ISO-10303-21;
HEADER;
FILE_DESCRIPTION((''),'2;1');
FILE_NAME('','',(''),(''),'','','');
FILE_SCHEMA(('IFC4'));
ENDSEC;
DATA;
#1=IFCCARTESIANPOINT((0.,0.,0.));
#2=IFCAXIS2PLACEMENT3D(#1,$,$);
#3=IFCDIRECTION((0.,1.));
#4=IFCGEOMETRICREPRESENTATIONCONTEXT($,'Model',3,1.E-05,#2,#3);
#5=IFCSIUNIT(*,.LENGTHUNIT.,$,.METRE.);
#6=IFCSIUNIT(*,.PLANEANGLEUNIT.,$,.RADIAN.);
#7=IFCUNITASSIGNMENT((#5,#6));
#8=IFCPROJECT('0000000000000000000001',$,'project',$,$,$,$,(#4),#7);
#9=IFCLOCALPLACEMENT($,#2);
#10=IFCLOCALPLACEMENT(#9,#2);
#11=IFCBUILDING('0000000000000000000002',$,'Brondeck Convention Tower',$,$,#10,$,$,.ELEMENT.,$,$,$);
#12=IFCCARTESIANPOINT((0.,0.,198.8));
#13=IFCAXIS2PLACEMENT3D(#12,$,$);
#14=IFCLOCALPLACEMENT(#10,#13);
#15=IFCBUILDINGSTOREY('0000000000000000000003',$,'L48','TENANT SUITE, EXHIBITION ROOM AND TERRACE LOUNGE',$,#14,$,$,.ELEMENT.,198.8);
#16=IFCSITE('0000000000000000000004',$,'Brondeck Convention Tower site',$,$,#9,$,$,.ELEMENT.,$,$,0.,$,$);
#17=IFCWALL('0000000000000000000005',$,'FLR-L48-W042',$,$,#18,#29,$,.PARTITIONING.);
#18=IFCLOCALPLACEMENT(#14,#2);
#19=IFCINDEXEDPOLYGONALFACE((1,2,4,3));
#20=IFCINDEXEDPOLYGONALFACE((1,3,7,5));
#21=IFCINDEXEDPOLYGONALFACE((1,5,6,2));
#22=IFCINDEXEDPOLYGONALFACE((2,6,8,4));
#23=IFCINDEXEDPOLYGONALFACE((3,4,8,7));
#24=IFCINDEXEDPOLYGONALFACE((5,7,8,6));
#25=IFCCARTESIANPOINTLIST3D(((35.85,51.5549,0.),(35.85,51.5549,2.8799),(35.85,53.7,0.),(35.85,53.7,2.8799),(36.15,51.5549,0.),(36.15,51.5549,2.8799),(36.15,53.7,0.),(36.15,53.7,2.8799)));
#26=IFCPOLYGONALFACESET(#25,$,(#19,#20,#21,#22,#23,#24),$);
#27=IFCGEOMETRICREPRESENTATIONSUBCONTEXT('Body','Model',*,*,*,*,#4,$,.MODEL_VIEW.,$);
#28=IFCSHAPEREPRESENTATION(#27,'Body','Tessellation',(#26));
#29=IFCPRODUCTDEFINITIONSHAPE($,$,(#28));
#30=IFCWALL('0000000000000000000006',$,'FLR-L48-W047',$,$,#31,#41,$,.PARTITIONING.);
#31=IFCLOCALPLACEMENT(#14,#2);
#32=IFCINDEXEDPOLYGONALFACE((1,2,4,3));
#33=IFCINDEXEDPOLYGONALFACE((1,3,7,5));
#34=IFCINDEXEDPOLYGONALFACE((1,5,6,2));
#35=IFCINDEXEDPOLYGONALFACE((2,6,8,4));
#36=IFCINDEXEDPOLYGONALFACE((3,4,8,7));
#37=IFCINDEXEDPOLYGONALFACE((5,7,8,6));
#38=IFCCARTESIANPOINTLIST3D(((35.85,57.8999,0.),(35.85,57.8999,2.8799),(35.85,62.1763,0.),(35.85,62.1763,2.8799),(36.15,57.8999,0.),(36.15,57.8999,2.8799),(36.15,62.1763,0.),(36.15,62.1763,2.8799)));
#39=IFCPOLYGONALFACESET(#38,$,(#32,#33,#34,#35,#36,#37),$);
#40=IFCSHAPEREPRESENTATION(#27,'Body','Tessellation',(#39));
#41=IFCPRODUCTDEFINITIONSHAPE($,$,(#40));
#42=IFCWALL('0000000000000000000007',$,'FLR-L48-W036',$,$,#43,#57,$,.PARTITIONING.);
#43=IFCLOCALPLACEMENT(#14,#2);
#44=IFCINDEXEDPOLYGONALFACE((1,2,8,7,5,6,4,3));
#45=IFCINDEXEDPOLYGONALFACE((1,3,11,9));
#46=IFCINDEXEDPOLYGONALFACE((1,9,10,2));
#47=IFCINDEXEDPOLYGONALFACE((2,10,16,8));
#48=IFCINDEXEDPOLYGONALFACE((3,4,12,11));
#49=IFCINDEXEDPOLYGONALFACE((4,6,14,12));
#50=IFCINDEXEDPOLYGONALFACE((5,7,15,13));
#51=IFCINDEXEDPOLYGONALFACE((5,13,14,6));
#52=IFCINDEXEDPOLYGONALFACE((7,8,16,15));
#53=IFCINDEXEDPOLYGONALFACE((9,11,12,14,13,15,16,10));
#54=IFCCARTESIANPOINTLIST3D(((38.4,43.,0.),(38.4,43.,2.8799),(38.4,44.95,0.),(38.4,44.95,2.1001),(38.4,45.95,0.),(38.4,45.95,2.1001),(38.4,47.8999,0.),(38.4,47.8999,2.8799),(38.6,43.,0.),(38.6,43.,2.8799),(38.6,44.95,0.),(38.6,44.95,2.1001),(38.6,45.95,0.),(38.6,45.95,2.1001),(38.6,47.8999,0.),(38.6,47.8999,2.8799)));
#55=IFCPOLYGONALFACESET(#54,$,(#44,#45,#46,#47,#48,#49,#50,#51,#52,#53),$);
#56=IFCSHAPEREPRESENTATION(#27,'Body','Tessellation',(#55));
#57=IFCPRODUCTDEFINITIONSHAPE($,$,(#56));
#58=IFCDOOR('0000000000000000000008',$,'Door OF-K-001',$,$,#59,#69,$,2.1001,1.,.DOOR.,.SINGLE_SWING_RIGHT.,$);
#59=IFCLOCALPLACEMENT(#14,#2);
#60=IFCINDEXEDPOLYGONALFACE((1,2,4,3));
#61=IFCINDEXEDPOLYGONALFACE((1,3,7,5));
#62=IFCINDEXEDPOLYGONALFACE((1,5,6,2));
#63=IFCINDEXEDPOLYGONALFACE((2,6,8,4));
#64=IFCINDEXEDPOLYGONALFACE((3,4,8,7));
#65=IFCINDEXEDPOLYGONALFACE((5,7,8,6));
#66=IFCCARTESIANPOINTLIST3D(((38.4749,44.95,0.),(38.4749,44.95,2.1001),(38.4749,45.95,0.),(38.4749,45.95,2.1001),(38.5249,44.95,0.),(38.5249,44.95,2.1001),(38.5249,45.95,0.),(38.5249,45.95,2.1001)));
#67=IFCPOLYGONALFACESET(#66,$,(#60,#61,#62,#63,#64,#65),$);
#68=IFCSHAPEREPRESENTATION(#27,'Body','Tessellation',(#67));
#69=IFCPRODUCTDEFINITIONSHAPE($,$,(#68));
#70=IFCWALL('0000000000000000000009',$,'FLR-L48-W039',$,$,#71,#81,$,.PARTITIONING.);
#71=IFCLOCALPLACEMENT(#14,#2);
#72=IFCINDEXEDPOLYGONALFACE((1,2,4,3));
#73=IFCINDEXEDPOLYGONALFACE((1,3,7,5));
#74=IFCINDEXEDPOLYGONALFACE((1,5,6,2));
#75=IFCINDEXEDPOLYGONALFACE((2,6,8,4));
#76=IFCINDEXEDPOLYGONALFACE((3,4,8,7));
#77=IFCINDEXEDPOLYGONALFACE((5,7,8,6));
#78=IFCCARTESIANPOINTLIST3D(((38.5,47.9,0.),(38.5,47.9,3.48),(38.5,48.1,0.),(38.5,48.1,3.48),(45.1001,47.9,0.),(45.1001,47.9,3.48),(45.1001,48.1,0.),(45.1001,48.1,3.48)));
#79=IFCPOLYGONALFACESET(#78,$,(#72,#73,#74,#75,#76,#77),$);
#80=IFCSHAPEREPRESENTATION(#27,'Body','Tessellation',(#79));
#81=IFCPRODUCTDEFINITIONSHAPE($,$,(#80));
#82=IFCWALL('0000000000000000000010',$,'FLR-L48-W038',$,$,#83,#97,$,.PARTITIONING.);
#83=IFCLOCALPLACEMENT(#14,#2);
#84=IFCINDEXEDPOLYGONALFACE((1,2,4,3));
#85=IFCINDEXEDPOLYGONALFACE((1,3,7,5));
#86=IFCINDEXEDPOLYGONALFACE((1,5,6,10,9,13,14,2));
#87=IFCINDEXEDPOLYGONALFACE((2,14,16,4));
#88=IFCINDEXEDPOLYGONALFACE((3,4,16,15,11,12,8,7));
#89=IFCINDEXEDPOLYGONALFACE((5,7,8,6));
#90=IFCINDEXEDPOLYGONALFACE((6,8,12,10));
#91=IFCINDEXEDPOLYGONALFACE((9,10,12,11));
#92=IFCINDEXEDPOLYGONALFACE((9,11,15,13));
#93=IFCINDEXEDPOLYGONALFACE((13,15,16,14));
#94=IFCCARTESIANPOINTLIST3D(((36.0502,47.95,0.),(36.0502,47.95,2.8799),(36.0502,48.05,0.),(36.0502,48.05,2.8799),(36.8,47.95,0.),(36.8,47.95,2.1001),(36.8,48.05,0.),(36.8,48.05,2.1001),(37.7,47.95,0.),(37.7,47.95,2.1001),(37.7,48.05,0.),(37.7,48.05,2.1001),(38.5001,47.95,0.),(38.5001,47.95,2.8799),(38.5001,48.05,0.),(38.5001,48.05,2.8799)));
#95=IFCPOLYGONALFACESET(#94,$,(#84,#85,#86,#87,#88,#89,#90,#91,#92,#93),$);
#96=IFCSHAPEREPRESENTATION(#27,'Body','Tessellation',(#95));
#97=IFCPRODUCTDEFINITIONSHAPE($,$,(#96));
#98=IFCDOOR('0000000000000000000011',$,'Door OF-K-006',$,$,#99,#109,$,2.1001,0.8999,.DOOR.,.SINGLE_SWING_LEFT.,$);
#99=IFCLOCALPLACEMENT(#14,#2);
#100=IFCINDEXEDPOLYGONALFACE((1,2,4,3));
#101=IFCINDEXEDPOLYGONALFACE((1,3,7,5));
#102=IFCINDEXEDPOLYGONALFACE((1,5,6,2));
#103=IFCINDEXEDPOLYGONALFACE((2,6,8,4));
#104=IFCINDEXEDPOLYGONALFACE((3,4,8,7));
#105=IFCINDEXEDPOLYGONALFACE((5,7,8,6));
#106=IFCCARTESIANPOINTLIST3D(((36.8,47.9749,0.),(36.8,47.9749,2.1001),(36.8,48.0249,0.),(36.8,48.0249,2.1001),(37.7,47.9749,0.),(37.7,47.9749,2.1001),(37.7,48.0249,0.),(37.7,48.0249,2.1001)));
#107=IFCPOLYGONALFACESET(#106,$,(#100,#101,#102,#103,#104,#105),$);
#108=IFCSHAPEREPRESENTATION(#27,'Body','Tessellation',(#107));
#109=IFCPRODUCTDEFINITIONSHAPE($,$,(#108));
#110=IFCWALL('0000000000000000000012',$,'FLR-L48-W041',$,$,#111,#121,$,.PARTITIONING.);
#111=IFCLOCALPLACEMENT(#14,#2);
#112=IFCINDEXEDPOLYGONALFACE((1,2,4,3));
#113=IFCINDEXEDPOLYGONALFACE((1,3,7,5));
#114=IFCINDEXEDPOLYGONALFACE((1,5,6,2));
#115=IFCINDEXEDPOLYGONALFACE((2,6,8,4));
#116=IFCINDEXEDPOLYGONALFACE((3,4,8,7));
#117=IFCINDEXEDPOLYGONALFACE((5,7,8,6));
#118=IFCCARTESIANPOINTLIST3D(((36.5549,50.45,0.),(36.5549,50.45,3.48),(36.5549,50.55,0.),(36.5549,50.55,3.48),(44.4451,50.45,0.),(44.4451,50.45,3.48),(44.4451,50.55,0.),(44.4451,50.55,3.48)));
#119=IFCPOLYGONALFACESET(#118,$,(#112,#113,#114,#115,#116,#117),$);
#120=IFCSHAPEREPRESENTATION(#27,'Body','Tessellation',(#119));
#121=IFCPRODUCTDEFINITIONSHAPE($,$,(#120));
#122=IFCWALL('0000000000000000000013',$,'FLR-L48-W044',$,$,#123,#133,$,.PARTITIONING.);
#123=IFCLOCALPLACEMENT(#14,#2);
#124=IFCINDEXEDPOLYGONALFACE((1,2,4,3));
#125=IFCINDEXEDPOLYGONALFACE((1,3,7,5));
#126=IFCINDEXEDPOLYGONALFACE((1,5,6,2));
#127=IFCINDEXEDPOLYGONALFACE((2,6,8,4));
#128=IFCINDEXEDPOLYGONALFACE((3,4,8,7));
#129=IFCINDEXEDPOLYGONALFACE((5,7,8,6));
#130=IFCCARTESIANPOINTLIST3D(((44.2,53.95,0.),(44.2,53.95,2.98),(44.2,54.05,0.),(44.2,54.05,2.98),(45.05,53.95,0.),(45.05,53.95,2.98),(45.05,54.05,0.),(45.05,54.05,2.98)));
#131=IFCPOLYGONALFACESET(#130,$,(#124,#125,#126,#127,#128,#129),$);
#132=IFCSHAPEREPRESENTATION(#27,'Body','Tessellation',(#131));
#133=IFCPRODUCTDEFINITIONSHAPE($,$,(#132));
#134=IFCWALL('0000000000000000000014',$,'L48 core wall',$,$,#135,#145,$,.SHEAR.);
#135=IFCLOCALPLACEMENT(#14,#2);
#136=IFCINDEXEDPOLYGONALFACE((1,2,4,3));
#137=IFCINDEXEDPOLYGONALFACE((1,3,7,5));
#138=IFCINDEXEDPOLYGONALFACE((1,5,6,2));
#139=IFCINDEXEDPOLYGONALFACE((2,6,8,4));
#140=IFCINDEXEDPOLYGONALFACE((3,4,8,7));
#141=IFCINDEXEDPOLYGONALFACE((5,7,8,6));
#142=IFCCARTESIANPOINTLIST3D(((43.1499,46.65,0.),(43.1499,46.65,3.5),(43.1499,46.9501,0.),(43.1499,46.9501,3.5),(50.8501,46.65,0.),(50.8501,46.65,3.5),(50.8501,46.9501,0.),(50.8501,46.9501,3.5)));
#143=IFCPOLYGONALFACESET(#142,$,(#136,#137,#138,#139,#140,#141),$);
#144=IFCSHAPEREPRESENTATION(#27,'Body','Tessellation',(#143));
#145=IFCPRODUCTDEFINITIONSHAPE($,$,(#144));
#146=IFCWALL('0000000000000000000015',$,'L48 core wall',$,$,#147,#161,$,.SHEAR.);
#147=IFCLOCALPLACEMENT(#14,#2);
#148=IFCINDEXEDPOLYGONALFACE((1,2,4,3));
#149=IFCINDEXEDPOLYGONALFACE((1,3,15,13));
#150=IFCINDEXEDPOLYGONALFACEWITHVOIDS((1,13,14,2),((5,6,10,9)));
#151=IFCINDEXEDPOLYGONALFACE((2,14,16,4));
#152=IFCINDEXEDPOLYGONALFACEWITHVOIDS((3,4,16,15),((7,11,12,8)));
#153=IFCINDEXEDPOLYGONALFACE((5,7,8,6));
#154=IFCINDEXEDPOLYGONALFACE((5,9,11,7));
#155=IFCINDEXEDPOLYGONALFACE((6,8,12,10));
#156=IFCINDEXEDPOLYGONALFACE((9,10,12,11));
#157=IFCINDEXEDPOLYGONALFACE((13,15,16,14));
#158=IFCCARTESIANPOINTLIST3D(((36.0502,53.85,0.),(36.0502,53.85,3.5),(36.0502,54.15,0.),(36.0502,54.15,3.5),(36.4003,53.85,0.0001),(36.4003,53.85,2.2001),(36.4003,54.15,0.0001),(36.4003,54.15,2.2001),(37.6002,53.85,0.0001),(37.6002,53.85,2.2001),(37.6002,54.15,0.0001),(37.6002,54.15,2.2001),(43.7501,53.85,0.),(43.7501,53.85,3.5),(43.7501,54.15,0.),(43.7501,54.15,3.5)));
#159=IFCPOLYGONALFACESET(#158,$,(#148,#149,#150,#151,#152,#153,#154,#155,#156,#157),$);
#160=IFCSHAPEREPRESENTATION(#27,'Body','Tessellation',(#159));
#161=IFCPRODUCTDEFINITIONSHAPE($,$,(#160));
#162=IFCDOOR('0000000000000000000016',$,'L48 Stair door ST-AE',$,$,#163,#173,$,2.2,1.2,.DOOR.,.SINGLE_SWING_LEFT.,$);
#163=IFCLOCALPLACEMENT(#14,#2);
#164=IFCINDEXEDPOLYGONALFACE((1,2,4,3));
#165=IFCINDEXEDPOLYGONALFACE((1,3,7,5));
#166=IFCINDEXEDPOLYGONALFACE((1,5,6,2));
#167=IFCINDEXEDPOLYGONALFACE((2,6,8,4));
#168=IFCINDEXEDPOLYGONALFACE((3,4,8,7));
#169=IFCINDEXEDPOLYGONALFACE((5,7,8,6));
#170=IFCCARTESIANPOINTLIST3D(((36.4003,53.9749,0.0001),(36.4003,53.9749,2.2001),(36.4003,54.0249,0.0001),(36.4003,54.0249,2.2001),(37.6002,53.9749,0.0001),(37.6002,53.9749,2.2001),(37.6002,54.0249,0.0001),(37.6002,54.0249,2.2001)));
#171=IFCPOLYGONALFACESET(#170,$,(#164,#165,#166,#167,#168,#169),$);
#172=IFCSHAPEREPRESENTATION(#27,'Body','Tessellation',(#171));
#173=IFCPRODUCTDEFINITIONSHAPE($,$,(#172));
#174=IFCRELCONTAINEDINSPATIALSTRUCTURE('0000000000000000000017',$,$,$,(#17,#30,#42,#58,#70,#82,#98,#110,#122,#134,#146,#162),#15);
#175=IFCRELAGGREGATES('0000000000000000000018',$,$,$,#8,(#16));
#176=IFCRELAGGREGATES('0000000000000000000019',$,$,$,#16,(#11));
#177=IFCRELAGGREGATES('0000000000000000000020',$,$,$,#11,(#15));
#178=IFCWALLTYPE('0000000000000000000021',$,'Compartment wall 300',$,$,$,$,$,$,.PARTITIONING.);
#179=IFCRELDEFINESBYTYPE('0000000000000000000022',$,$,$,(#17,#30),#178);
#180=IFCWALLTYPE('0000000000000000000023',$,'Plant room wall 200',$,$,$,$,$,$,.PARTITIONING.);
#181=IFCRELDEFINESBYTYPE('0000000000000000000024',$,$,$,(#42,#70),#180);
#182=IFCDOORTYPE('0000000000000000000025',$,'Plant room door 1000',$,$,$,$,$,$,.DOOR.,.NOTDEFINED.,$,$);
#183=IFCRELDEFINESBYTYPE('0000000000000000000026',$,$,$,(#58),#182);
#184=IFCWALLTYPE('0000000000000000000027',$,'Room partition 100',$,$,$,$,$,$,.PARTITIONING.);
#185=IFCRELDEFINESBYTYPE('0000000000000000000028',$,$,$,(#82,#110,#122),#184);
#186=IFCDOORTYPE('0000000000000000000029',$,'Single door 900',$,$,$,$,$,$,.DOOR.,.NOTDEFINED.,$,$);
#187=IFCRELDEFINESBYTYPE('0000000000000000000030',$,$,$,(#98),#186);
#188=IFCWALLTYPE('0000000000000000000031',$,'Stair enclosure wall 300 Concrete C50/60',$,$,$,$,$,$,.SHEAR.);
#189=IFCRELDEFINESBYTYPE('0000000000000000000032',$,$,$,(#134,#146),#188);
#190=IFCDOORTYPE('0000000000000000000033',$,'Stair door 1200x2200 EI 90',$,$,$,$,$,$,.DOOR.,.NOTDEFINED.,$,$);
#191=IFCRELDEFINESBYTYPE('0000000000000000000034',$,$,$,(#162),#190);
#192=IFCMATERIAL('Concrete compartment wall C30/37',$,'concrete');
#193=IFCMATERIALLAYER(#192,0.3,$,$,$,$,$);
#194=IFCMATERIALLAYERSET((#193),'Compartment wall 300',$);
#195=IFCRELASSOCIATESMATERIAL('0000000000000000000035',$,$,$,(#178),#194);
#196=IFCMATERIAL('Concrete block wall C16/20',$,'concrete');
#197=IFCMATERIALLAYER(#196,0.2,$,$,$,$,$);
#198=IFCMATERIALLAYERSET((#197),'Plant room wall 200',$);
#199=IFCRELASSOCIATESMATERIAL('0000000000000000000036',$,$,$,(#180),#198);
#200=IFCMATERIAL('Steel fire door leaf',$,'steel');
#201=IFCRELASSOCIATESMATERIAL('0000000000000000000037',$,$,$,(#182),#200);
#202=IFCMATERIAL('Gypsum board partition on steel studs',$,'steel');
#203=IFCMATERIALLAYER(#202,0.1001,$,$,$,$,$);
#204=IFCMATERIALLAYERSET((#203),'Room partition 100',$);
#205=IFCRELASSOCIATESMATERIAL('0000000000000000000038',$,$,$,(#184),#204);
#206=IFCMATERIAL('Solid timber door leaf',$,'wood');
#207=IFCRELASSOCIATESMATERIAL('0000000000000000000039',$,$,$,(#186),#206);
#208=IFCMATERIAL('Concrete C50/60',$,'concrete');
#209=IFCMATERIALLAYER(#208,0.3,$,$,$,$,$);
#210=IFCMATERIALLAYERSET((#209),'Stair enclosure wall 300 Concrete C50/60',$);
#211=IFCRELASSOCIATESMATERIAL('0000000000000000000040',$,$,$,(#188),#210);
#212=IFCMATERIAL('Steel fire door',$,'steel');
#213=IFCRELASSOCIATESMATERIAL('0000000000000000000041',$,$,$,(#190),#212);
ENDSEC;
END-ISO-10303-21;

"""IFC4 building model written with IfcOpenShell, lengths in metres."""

from ifc_helpers import new_model, si_unit, direction, frame, frame_2d, origin, place, context, subcontext, project, spatial, rectangle, extrude, material, layer, layer_set, type_object, element, fill, save


model = new_model("IFC4")

# Units and contexts
model_context = context("Model", 3, precision=1e-05, world=origin(), true_north=direction((0.0, 1.0)))
body_context = subcontext(model_context, "Body", "Model", "MODEL_VIEW")
ifc_project = project(units=[si_unit("LENGTHUNIT", "METRE"), si_unit("PLANEANGLEUNIT", "RADIAN")], contexts=[model_context])

# Site, building, storey
site_placement = place(None, origin())
site = spatial("IfcSite", under=ifc_project, at=site_placement, Name="Brondeck Convention Tower site", CompositionType="ELEMENT", RefElevation=0.0)
building_placement = place(site_placement, origin())
building = spatial("IfcBuilding", under=site, at=building_placement, Name="Brondeck Convention Tower", CompositionType="ELEMENT")
storey_placement = place(building_placement, frame((0.0, 0.0, 198.8)))
storey = spatial("IfcBuildingStorey", under=building, at=storey_placement, Name="L48", Description="TENANT SUITE, EXHIBITION ROOM AND TERRACE LOUNGE", CompositionType="ELEMENT", Elevation=198.8)

# Shared definitions
ifc_material_1 = material(Name="Concrete C50/60", Category="concrete")

# Walls
ifc_material_2 = material(Name="Concrete compartment wall C30/37", Category="concrete")
ifc_layer_1 = layer(ifc_material_2, 0.3)
ifc_layer_set_1 = layer_set([ifc_layer_1], Name="Compartment wall 300")
wall_type_1 = type_object("IfcWallType", Name="Compartment wall 300", PredefinedType="PARTITIONING", material=ifc_layer_set_1)
wall_1_placement = place(storey_placement, frame((36.0, 51.5549, 0.0), z_axis=(0.0, 0.0, 1.0), x_axis=(0.0, 1.0, 0.0)))
element("IfcWall", 1, at=wall_1_placement, inside=storey, type_object=wall_type_1, Name="FLR-L48-W042", PredefinedType="PARTITIONING", context=body_context, shape_type="SweptSolid", body=[
    extrude(rectangle(XDim=2.145, YDim=0.3, at=frame_2d((1.0725, 0.0))), origin(), (0.0, 0.0, 1.0), 2.8799),
])
wall_2_placement = place(storey_placement, frame((36.0, 57.8999, 0.0), z_axis=(0.0, 0.0, 1.0), x_axis=(0.0, 1.0, 0.0)))
element("IfcWall", 2, at=wall_2_placement, inside=storey, type_object=wall_type_1, Name="FLR-L48-W047", PredefinedType="PARTITIONING", context=body_context, shape_type="SweptSolid", body=[
    extrude(rectangle(XDim=4.2764, YDim=0.3, at=frame_2d((2.1382, 0.0))), origin(), (0.0, 0.0, 1.0), 2.8799),
])

# Wall, opening, door
ifc_material_3 = material(Name="Concrete block wall C16/20", Category="concrete")
ifc_layer_2 = layer(ifc_material_3, 0.2)
ifc_layer_set_2 = layer_set([ifc_layer_2], Name="Plant room wall 200")
wall_type_2 = type_object("IfcWallType", Name="Plant room wall 200", PredefinedType="PARTITIONING", material=ifc_layer_set_2)
wall_3_placement = place(storey_placement, frame((38.5, 47.8999, 0.0), z_axis=(0.0, 0.0, 1.0), x_axis=(0.0, -1.0, 0.0)))
wall_3 = element("IfcWall", 3, at=wall_3_placement, inside=storey, type_object=wall_type_2, Name="FLR-L48-W036", PredefinedType="PARTITIONING", context=body_context, shape_type="SweptSolid", body=[
    extrude(rectangle(XDim=4.8999, YDim=0.2, at=frame_2d((2.45, 0.0))), origin(), (0.0, 0.0, 1.0), 2.8799),
])
opening_1_placement = place(wall_3_placement, frame((1.95, 0.0, 0.0)))
opening_1 = element("IfcOpeningElement", 4, at=opening_1_placement, cuts=wall_3, PredefinedType="OPENING", context=body_context, shape_type="SweptSolid", body=[
    extrude(rectangle(XDim=1.0, YDim=2.1001, at=frame_2d((0.5, 1.05))), frame((0.0, 0.1099, 0.0), z_axis=(0.0, -1.0, 0.0), x_axis=(1.0, 0.0, 0.0)), (0.0, 0.0, 1.0), 0.22),
])
ifc_material_4 = material(Name="Steel fire door leaf", Category="steel")
door_type_1 = type_object("IfcDoorType", Name="Plant room door 1000", OperationType="NOTDEFINED", PredefinedType="DOOR", material=ifc_material_4)
door_1_placement = place(opening_1_placement, origin())
door_1 = element("IfcDoor", 5, at=door_1_placement, inside=storey, type_object=door_type_1, Name="Door OF-K-001", OperationType="SINGLE_SWING_RIGHT", OverallHeight=2.1001, OverallWidth=1.0, PredefinedType="DOOR", context=body_context, shape_type="SweptSolid", body=[
    extrude(rectangle(XDim=1.0, YDim=2.1001, at=frame_2d((0.5, 1.05))), frame((0.0, 0.0249, 0.0), z_axis=(0.0, -1.0, 0.0), x_axis=(1.0, 0.0, 0.0)), (0.0, 0.0, 1.0), 0.05),
])
fill(opening_1, door_1)

# Wall
wall_4_placement = place(storey_placement, frame((38.5, 48.0, 0.0), z_axis=(0.0, 0.0, 1.0), x_axis=(1.0, 0.0, 0.0)))
element("IfcWall", 6, at=wall_4_placement, inside=storey, type_object=wall_type_2, Name="FLR-L48-W039", PredefinedType="PARTITIONING", context=body_context, shape_type="SweptSolid", body=[
    extrude(rectangle(XDim=6.6001, YDim=0.2, at=frame_2d((3.3, 0.0))), origin(), (0.0, 0.0, 1.0), 3.48),
])

# Wall, opening, door
ifc_material_5 = material(Name="Gypsum board partition on steel studs", Category="steel")
ifc_layer_3 = layer(ifc_material_5, 0.1001)
ifc_layer_set_3 = layer_set([ifc_layer_3], Name="Room partition 100")
wall_type_3 = type_object("IfcWallType", Name="Room partition 100", PredefinedType="PARTITIONING", material=ifc_layer_set_3)
wall_5_placement = place(storey_placement, frame((36.05, 48.0, 0.0), z_axis=(0.0, 0.0, 1.0), x_axis=(1.0, 0.0, 0.0)))
wall_5 = element("IfcWall", 7, at=wall_5_placement, inside=storey, type_object=wall_type_3, Name="FLR-L48-W038", PredefinedType="PARTITIONING", context=body_context, shape_type="SweptSolid", body=[
    extrude(rectangle(XDim=2.45, YDim=0.1001, at=frame_2d((1.2251, 0.0))), origin(), (0.0, 0.0, 1.0), 2.8799),
])
opening_2_placement = place(wall_5_placement, frame((0.75, 0.0, 0.0)))
opening_2 = element("IfcOpeningElement", 8, at=opening_2_placement, cuts=wall_5, PredefinedType="OPENING", context=body_context, shape_type="SweptSolid", body=[
    extrude(rectangle(XDim=0.8999, YDim=2.1001, at=frame_2d((0.45, 1.05))), frame((0.0, 0.0601, 0.0), z_axis=(0.0, -1.0, 0.0), x_axis=(1.0, 0.0, 0.0)), (0.0, 0.0, 1.0), 0.1201),
])
ifc_material_6 = material(Name="Solid timber door leaf", Category="wood")
door_type_2 = type_object("IfcDoorType", Name="Single door 900", OperationType="NOTDEFINED", PredefinedType="DOOR", material=ifc_material_6)
door_2_placement = place(opening_2_placement, origin())
door_2 = element("IfcDoor", 9, at=door_2_placement, inside=storey, type_object=door_type_2, Name="Door OF-K-006", OperationType="SINGLE_SWING_LEFT", OverallHeight=2.1001, OverallWidth=0.8999, PredefinedType="DOOR", context=body_context, shape_type="SweptSolid", body=[
    extrude(rectangle(XDim=0.8999, YDim=2.1001, at=frame_2d((0.45, 1.05))), frame((0.0, 0.0249, 0.0), z_axis=(0.0, -1.0, 0.0), x_axis=(1.0, 0.0, 0.0)), (0.0, 0.0, 1.0), 0.05),
])
fill(opening_2, door_2)

# Walls
wall_6_placement = place(storey_placement, frame((44.4451, 50.5, 0.0), z_axis=(0.0, 0.0, 1.0), x_axis=(-1.0, 0.0, 0.0)))
element("IfcWall", 10, at=wall_6_placement, inside=storey, type_object=wall_type_3, Name="FLR-L48-W041", PredefinedType="PARTITIONING", context=body_context, shape_type="SweptSolid", body=[
    extrude(rectangle(XDim=7.8901, YDim=0.1001, at=frame_2d((3.9451, 0.0))), origin(), (0.0, 0.0, 1.0), 3.48),
])
wall_7_placement = place(storey_placement, frame((44.2, 54.0, 0.0), z_axis=(0.0, 0.0, 1.0), x_axis=(1.0, 0.0, 0.0)))
element("IfcWall", 11, at=wall_7_placement, inside=storey, type_object=wall_type_3, Name="FLR-L48-W044", PredefinedType="PARTITIONING", context=body_context, shape_type="SweptSolid", body=[
    extrude(rectangle(XDim=0.8501, YDim=0.1001, at=frame_2d((0.425, 0.0))), origin(), (0.0, 0.0, 1.0), 2.98),
])
ifc_layer_4 = layer(ifc_material_1, 0.3)
ifc_layer_set_4 = layer_set([ifc_layer_4], Name="Stair enclosure wall 300 Concrete C50/60")
wall_type_4 = type_object("IfcWallType", Name="Stair enclosure wall 300 Concrete C50/60", PredefinedType="SHEAR", material=ifc_layer_set_4)
wall_8_placement = place(storey_placement, frame((43.1499, 46.8, 0.0), z_axis=(0.0, 0.0, 1.0), x_axis=(1.0, 0.0, 0.0)))
element("IfcWall", 12, at=wall_8_placement, inside=storey, type_object=wall_type_4, Name="L48 core wall", PredefinedType="SHEAR", context=body_context, shape_type="SweptSolid", body=[
    extrude(rectangle(XDim=7.7002, YDim=0.3, at=frame_2d((3.8501, 0.0))), origin(), (0.0, 0.0, 1.0), 3.5),
])

# Wall, opening, door
wall_9_placement = place(storey_placement, frame((36.05, 54.0, 0.0), z_axis=(0.0, 0.0, 1.0), x_axis=(1.0, 0.0, 0.0)))
wall_9 = element("IfcWall", 13, at=wall_9_placement, inside=storey, type_object=wall_type_4, Name="L48 core wall", PredefinedType="SHEAR", context=body_context, shape_type="SweptSolid", body=[
    extrude(rectangle(XDim=7.7, YDim=0.3, at=frame_2d((3.8501, 0.0))), origin(), (0.0, 0.0, 1.0), 3.5),
])
opening_3_placement = place(wall_9_placement, frame((0.3501, 0.0, 0.0)))
opening_3 = element("IfcOpeningElement", 14, at=opening_3_placement, cuts=wall_9, PredefinedType="OPENING", context=body_context, shape_type="SweptSolid", body=[
    extrude(rectangle(XDim=1.2, YDim=2.2, at=frame_2d((0.6001, 1.1001))), frame((0.0, 0.1599, 0.0), z_axis=(0.0, -1.0, 0.0), x_axis=(1.0, 0.0, 0.0)), (0.0, 0.0, 1.0), 0.3201),
])
ifc_material_7 = material(Name="Steel fire door", Category="steel")
door_type_3 = type_object("IfcDoorType", Name="Stair door 1200x2200 EI 90", OperationType="NOTDEFINED", PredefinedType="DOOR", material=ifc_material_7)
door_3_placement = place(opening_3_placement, origin())
door_3 = element("IfcDoor", 15, at=door_3_placement, inside=storey, type_object=door_type_3, Name="L48 Stair door ST-AE", OperationType="SINGLE_SWING_LEFT", OverallHeight=2.2, OverallWidth=1.2, PredefinedType="DOOR", context=body_context, shape_type="SweptSolid", body=[
    extrude(rectangle(XDim=1.2, YDim=2.2, at=frame_2d((0.6001, 1.1001))), frame((0.0, 0.0249, 0.0), z_axis=(0.0, -1.0, 0.0), x_axis=(1.0, 0.0, 0.0)), (0.0, 0.0, 1.0), 0.05),
])
fill(opening_3, door_3)

save(model, "model.ifc")
